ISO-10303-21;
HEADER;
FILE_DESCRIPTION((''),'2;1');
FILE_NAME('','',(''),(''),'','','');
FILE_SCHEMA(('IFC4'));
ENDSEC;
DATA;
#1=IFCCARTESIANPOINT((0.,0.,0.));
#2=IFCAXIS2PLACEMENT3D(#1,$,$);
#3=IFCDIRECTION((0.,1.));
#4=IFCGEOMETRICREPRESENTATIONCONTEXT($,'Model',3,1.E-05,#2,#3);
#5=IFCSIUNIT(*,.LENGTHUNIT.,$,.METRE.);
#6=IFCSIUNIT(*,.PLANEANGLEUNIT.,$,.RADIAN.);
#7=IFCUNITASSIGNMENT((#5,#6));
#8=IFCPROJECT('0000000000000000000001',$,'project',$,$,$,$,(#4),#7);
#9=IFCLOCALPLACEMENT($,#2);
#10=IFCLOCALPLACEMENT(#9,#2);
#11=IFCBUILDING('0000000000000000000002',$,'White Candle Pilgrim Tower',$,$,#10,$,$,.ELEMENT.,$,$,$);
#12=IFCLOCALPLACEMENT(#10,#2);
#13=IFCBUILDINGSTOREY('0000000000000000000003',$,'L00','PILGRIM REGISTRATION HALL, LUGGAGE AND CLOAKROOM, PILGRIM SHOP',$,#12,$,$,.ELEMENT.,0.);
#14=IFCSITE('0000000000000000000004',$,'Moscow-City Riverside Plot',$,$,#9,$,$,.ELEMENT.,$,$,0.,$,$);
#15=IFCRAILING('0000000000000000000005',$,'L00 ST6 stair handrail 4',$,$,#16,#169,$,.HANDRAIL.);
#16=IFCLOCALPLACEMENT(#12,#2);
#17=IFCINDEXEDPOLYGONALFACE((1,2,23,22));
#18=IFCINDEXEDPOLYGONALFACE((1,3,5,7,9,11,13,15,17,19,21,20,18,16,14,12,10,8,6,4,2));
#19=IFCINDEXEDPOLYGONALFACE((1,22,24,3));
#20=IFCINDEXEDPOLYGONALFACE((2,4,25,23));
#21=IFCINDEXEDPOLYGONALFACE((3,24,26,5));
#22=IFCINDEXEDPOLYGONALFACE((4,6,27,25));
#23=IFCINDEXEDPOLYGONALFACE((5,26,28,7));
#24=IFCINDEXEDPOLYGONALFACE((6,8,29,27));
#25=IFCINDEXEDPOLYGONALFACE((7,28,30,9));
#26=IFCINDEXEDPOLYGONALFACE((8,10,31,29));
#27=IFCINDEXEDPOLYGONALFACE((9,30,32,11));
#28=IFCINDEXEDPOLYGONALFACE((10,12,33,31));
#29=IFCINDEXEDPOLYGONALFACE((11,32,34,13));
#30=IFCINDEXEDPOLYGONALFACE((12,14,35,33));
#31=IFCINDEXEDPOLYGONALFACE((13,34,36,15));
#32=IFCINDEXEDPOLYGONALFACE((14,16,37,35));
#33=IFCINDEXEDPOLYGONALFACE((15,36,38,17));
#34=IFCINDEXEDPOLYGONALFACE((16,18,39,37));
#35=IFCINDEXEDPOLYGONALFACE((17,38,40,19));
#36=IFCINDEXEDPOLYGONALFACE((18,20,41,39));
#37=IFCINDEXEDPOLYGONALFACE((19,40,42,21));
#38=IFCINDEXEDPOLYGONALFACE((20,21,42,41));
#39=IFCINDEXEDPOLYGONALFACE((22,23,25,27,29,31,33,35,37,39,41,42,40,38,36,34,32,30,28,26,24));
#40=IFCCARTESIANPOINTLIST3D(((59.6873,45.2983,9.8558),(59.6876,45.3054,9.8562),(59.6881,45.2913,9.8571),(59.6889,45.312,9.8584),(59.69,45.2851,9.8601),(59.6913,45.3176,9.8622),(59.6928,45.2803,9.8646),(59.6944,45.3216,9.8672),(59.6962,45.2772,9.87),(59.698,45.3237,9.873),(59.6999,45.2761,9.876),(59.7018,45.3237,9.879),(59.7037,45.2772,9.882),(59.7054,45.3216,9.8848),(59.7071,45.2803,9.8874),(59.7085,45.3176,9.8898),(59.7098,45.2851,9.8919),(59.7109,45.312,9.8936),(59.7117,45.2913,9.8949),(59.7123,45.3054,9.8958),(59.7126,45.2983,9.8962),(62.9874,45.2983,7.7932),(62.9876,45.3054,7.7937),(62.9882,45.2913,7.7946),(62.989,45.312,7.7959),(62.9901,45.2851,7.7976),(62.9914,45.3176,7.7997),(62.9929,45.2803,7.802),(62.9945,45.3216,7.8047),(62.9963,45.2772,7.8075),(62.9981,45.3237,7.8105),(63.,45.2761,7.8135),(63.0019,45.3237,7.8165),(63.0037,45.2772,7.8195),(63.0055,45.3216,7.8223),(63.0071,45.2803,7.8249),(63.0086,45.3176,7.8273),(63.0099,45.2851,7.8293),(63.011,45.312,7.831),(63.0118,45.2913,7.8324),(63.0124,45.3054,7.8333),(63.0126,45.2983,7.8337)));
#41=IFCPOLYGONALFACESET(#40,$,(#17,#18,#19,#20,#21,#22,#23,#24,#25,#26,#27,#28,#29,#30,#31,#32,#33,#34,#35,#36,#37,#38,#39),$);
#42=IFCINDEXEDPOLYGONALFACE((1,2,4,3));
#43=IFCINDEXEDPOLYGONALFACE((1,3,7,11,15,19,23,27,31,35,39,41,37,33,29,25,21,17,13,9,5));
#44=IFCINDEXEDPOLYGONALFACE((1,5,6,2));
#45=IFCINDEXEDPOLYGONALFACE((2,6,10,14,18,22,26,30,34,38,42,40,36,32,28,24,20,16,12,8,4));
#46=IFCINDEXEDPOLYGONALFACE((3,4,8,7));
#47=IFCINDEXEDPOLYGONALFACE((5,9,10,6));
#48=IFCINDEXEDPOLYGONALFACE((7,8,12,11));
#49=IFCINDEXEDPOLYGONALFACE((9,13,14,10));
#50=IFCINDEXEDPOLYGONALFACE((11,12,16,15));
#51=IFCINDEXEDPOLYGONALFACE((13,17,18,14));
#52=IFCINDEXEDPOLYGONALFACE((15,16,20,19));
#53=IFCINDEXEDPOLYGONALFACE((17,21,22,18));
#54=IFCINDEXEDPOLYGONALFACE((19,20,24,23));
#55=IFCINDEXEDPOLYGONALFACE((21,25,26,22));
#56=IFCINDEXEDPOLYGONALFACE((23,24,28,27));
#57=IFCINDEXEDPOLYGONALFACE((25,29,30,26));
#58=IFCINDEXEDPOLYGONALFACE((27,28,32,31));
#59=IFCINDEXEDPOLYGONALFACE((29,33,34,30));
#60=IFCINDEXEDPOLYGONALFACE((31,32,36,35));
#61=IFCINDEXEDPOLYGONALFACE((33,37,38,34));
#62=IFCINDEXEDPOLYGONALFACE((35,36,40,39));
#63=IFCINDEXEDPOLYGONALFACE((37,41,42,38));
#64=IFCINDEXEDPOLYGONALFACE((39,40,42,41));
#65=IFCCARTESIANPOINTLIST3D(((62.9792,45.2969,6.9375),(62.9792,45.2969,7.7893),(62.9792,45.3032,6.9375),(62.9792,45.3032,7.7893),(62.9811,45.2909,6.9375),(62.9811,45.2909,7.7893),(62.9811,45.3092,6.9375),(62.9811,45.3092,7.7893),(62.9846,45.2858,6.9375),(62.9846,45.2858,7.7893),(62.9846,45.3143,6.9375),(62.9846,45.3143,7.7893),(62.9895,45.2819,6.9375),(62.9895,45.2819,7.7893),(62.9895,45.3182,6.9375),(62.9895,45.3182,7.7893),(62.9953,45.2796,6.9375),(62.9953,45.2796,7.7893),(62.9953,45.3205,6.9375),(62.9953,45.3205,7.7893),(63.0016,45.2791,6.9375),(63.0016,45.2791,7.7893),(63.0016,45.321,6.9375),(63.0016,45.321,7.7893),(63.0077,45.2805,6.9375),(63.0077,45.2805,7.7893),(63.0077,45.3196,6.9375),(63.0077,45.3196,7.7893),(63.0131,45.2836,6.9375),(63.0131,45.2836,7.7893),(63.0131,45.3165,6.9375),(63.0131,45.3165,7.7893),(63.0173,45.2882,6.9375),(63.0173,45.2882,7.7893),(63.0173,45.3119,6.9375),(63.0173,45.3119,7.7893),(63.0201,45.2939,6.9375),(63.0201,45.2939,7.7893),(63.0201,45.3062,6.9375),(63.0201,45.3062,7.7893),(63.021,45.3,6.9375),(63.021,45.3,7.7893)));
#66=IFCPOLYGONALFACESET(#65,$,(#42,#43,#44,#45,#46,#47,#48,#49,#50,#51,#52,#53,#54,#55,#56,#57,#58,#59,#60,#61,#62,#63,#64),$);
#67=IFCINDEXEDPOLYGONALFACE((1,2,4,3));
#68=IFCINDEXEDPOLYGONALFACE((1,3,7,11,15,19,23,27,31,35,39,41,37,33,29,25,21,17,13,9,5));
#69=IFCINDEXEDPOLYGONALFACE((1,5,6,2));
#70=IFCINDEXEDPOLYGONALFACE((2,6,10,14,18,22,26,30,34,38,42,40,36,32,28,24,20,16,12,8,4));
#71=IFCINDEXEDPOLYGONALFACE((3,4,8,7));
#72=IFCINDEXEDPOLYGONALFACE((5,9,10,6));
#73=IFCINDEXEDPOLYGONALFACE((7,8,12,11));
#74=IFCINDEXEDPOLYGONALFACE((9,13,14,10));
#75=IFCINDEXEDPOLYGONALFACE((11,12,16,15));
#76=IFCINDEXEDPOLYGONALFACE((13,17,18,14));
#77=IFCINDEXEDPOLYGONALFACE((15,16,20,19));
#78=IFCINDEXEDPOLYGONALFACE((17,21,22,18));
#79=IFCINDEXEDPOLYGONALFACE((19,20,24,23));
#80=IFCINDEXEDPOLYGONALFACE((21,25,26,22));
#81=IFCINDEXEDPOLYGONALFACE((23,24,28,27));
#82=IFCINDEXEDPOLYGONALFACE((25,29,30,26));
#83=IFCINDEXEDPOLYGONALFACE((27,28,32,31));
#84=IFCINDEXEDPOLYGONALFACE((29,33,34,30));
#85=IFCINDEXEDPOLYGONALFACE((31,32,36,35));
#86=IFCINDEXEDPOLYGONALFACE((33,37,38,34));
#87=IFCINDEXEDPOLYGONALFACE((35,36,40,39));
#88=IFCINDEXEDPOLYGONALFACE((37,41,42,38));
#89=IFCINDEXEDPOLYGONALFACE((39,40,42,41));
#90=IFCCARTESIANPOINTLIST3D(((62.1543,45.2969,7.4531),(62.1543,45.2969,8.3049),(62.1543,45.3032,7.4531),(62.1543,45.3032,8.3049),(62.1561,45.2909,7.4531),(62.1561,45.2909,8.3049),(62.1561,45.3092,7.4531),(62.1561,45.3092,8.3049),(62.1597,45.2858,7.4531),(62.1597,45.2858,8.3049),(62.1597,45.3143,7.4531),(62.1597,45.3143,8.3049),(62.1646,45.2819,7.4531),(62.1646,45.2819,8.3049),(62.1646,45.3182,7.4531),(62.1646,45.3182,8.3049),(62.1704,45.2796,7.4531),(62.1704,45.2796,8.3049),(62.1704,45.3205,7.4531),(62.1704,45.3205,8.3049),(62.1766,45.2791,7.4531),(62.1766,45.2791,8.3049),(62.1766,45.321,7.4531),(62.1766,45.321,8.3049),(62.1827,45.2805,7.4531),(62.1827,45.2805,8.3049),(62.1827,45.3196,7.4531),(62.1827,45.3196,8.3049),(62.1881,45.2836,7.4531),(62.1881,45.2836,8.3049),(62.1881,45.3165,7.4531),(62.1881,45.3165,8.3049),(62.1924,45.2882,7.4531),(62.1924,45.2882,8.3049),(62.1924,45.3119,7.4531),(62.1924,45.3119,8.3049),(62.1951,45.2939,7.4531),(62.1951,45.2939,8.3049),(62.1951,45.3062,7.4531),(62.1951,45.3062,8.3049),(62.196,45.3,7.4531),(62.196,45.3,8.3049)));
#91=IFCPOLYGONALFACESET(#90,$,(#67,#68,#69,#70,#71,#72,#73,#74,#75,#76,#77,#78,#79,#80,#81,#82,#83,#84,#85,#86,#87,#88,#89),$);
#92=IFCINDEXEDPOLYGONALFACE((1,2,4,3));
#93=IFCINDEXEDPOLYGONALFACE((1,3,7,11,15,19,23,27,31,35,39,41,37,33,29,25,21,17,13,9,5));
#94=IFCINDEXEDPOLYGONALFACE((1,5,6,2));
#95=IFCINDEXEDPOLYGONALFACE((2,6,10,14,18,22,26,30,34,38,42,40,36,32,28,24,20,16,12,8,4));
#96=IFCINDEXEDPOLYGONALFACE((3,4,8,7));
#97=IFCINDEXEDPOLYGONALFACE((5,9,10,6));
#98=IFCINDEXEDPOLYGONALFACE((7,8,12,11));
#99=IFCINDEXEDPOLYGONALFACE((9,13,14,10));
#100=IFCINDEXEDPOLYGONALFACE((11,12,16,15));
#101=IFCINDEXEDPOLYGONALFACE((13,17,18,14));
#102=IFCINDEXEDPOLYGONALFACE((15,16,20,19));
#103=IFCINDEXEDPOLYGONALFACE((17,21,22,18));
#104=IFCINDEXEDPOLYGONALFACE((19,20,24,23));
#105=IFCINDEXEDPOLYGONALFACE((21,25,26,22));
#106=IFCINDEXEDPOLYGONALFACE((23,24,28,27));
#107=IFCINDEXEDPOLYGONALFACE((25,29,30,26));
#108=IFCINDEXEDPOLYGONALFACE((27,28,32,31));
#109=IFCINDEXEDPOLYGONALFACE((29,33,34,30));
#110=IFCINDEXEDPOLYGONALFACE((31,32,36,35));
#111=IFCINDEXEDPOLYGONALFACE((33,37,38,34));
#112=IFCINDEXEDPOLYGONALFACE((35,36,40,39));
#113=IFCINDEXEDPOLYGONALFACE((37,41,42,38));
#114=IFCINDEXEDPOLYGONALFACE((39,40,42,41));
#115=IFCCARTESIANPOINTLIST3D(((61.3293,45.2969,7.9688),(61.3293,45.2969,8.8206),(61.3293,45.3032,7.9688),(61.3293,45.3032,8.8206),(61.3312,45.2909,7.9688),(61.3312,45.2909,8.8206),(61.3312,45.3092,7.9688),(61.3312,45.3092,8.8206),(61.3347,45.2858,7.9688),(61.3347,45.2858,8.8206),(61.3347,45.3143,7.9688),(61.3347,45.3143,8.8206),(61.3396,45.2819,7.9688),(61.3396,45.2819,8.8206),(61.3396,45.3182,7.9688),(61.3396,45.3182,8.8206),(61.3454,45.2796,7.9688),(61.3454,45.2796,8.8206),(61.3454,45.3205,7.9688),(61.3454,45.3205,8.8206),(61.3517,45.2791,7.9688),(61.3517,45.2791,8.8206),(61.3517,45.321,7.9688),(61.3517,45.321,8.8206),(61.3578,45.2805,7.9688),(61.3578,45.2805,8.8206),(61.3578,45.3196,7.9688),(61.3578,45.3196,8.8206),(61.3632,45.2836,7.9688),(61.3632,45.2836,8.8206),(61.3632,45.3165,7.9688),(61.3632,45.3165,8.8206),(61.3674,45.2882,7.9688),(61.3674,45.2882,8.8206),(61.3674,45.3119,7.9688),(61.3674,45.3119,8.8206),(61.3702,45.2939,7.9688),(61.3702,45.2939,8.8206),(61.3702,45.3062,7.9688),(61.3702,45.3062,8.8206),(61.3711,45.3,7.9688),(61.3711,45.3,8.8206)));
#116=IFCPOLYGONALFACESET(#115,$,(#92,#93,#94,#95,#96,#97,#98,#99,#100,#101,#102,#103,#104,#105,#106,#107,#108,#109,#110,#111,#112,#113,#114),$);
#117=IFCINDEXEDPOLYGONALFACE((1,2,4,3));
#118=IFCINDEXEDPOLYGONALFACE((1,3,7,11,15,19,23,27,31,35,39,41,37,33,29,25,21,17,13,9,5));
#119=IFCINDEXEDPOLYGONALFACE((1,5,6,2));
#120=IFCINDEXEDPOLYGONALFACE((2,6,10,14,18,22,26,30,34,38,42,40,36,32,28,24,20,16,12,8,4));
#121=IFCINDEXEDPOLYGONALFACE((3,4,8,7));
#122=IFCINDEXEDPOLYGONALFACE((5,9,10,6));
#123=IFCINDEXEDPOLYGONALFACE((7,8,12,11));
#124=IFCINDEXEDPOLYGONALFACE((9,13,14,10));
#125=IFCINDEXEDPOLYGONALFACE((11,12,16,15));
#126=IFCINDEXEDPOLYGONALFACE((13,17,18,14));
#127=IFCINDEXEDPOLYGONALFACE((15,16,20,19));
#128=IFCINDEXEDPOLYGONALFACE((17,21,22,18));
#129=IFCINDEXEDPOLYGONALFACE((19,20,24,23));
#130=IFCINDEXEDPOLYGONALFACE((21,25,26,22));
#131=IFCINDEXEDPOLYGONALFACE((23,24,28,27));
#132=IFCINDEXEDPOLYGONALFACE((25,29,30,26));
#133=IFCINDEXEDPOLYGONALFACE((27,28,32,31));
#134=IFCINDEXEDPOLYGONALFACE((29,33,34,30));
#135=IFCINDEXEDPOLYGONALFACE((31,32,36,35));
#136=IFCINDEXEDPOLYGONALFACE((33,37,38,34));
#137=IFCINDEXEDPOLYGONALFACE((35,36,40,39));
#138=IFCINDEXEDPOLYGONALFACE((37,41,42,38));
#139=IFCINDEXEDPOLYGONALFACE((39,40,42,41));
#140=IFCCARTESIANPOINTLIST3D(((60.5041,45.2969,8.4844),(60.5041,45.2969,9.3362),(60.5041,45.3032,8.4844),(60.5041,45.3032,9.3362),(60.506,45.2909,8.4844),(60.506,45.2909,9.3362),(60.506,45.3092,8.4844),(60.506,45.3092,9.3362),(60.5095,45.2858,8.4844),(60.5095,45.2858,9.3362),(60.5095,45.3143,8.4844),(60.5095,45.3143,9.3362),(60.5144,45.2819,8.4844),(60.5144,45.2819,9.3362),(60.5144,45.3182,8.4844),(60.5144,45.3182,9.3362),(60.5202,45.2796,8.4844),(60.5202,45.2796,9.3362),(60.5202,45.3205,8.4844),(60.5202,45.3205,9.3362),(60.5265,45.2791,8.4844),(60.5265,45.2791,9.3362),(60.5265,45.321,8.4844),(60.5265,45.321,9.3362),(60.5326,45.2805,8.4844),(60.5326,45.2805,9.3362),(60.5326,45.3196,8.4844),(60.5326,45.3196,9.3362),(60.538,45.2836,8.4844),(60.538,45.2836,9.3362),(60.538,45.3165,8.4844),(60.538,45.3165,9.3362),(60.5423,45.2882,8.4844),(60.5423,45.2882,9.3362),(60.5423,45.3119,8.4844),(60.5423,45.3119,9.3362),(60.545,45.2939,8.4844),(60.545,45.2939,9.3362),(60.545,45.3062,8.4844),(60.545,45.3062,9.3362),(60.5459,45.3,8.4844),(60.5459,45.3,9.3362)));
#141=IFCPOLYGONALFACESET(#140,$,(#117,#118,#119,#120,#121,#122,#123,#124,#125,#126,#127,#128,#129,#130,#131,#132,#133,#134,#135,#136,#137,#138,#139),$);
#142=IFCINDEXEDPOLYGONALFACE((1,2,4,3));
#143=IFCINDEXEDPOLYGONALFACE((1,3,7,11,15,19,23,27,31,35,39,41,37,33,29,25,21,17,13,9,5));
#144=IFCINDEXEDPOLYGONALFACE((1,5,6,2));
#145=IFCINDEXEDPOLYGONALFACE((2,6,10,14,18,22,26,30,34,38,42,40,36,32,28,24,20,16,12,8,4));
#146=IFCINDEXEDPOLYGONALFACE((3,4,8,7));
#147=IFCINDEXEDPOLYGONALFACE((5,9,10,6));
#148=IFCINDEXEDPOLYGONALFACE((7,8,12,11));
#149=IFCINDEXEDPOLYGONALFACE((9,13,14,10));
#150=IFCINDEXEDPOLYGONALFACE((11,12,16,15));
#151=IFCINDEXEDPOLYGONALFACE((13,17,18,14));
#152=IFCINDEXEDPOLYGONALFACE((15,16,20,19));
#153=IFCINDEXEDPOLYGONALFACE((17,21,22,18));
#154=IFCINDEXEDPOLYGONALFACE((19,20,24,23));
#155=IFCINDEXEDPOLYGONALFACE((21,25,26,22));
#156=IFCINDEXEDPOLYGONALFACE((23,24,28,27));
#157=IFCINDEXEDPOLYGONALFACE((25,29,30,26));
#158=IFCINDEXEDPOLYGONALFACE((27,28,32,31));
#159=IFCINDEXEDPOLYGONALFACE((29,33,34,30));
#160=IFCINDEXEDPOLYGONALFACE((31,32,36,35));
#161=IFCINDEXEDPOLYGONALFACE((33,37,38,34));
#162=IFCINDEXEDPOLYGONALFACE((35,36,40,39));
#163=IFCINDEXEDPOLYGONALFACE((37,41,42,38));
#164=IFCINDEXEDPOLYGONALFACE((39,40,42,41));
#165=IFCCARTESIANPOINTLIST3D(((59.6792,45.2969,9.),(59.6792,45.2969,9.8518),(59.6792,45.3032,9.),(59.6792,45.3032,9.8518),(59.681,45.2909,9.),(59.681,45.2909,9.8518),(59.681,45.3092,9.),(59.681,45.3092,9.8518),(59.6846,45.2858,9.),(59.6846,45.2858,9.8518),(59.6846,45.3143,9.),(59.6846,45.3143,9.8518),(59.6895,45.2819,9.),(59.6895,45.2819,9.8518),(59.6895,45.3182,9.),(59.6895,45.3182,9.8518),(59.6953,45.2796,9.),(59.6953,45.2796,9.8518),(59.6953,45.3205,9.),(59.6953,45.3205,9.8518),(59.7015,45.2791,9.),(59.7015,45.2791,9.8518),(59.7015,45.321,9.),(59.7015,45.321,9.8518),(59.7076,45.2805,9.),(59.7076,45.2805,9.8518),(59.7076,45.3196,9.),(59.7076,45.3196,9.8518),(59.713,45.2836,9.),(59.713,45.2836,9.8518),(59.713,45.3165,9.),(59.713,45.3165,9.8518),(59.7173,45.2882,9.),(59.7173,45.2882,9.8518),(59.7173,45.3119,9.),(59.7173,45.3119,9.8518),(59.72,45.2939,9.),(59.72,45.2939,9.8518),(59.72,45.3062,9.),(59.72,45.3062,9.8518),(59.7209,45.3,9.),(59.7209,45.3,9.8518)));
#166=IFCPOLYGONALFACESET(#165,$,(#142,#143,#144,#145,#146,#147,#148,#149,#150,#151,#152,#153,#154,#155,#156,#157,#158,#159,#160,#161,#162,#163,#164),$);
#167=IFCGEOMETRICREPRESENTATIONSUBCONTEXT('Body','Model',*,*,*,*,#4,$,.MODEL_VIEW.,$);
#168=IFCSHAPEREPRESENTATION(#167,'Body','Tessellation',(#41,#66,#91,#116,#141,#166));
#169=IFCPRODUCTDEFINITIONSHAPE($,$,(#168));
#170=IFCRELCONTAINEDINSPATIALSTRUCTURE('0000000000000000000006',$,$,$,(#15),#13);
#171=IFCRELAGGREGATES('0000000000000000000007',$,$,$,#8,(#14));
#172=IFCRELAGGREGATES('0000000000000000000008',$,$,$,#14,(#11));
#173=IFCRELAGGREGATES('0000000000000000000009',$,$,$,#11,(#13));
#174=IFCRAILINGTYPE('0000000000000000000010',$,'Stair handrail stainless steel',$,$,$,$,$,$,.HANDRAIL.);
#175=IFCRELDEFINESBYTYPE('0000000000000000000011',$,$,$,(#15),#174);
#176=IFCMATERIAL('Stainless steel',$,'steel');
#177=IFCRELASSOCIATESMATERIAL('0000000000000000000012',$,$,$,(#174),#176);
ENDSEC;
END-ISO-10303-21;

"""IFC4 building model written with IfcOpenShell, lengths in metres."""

from ifc_helpers import new_model, si_unit, direction, frame, origin, origin_2d, place, context, subcontext, project, spatial, circle, extrude, material, type_object, element, save


model = new_model("IFC4")

# Units and contexts
model_context = context("Model", 3, precision=1e-05, world=origin(), true_north=direction((0.0, 1.0)))
body_context = subcontext(model_context, "Body", "Model", "MODEL_VIEW")
ifc_project = project(units=[si_unit("LENGTHUNIT", "METRE"), si_unit("PLANEANGLEUNIT", "RADIAN")], contexts=[model_context])

# Site, building, storey
site_placement = place(None, origin())
site = spatial("IfcSite", under=ifc_project, at=site_placement, Name="Moscow-City Riverside Plot", CompositionType="ELEMENT", RefElevation=0.0)
building_placement = place(site_placement, origin())
building = spatial("IfcBuilding", under=site, at=building_placement, Name="White Candle Pilgrim Tower", CompositionType="ELEMENT")
storey_placement = place(building_placement, origin())
storey = spatial("IfcBuildingStorey", under=building, at=storey_placement, Name="L00", Description="PILGRIM REGISTRATION HALL, LUGGAGE AND CLOAKROOM, PILGRIM SHOP", CompositionType="ELEMENT", Elevation=0.0)

# Railing
ifc_material_1 = material(Name="Stainless steel", Category="steel")
railing_type_1 = type_object("IfcRailingType", Name="Stair handrail stainless steel", PredefinedType="HANDRAIL", material=ifc_material_1)
railing_1_placement = place(storey_placement, frame((63.0, 45.3, 6.9375)))
element("IfcRailing", 1, at=railing_1_placement, inside=storey, type_object=railing_type_1, Name="L00 ST6 stair handrail 4", PredefinedType="HANDRAIL", context=body_context, shape_type="SweptSolid", body=[
    extrude(circle(Radius=0.0239, at=origin_2d()), frame((0.0, 0.0, 0.876), z_axis=(-0.848002, 0.0, 0.529993), x_axis=(0.0, -1.0, 0.0)), (0.0, 0.0, 1.0), 3.8916),
    extrude(circle(Radius=0.021, at=origin_2d()), origin(), (0.0, 0.0, 1.0), 0.8518),
    extrude(circle(Radius=0.021, at=origin_2d()), frame((-0.825, 0.0, 0.5156)), (0.0, 0.0, 1.0), 0.8518),
    extrude(circle(Radius=0.021, at=origin_2d()), frame((-1.6499, 0.0, 1.0312)), (0.0, 0.0, 1.0), 0.8518),
    extrude(circle(Radius=0.021, at=origin_2d()), frame((-2.4751, 0.0, 1.5469)), (0.0, 0.0, 1.0), 0.8518),
    extrude(circle(Radius=0.021, at=origin_2d()), frame((-3.3, 0.0, 2.0625)), (0.0, 0.0, 1.0), 0.8518),
])

save(model, "model.ifc")
